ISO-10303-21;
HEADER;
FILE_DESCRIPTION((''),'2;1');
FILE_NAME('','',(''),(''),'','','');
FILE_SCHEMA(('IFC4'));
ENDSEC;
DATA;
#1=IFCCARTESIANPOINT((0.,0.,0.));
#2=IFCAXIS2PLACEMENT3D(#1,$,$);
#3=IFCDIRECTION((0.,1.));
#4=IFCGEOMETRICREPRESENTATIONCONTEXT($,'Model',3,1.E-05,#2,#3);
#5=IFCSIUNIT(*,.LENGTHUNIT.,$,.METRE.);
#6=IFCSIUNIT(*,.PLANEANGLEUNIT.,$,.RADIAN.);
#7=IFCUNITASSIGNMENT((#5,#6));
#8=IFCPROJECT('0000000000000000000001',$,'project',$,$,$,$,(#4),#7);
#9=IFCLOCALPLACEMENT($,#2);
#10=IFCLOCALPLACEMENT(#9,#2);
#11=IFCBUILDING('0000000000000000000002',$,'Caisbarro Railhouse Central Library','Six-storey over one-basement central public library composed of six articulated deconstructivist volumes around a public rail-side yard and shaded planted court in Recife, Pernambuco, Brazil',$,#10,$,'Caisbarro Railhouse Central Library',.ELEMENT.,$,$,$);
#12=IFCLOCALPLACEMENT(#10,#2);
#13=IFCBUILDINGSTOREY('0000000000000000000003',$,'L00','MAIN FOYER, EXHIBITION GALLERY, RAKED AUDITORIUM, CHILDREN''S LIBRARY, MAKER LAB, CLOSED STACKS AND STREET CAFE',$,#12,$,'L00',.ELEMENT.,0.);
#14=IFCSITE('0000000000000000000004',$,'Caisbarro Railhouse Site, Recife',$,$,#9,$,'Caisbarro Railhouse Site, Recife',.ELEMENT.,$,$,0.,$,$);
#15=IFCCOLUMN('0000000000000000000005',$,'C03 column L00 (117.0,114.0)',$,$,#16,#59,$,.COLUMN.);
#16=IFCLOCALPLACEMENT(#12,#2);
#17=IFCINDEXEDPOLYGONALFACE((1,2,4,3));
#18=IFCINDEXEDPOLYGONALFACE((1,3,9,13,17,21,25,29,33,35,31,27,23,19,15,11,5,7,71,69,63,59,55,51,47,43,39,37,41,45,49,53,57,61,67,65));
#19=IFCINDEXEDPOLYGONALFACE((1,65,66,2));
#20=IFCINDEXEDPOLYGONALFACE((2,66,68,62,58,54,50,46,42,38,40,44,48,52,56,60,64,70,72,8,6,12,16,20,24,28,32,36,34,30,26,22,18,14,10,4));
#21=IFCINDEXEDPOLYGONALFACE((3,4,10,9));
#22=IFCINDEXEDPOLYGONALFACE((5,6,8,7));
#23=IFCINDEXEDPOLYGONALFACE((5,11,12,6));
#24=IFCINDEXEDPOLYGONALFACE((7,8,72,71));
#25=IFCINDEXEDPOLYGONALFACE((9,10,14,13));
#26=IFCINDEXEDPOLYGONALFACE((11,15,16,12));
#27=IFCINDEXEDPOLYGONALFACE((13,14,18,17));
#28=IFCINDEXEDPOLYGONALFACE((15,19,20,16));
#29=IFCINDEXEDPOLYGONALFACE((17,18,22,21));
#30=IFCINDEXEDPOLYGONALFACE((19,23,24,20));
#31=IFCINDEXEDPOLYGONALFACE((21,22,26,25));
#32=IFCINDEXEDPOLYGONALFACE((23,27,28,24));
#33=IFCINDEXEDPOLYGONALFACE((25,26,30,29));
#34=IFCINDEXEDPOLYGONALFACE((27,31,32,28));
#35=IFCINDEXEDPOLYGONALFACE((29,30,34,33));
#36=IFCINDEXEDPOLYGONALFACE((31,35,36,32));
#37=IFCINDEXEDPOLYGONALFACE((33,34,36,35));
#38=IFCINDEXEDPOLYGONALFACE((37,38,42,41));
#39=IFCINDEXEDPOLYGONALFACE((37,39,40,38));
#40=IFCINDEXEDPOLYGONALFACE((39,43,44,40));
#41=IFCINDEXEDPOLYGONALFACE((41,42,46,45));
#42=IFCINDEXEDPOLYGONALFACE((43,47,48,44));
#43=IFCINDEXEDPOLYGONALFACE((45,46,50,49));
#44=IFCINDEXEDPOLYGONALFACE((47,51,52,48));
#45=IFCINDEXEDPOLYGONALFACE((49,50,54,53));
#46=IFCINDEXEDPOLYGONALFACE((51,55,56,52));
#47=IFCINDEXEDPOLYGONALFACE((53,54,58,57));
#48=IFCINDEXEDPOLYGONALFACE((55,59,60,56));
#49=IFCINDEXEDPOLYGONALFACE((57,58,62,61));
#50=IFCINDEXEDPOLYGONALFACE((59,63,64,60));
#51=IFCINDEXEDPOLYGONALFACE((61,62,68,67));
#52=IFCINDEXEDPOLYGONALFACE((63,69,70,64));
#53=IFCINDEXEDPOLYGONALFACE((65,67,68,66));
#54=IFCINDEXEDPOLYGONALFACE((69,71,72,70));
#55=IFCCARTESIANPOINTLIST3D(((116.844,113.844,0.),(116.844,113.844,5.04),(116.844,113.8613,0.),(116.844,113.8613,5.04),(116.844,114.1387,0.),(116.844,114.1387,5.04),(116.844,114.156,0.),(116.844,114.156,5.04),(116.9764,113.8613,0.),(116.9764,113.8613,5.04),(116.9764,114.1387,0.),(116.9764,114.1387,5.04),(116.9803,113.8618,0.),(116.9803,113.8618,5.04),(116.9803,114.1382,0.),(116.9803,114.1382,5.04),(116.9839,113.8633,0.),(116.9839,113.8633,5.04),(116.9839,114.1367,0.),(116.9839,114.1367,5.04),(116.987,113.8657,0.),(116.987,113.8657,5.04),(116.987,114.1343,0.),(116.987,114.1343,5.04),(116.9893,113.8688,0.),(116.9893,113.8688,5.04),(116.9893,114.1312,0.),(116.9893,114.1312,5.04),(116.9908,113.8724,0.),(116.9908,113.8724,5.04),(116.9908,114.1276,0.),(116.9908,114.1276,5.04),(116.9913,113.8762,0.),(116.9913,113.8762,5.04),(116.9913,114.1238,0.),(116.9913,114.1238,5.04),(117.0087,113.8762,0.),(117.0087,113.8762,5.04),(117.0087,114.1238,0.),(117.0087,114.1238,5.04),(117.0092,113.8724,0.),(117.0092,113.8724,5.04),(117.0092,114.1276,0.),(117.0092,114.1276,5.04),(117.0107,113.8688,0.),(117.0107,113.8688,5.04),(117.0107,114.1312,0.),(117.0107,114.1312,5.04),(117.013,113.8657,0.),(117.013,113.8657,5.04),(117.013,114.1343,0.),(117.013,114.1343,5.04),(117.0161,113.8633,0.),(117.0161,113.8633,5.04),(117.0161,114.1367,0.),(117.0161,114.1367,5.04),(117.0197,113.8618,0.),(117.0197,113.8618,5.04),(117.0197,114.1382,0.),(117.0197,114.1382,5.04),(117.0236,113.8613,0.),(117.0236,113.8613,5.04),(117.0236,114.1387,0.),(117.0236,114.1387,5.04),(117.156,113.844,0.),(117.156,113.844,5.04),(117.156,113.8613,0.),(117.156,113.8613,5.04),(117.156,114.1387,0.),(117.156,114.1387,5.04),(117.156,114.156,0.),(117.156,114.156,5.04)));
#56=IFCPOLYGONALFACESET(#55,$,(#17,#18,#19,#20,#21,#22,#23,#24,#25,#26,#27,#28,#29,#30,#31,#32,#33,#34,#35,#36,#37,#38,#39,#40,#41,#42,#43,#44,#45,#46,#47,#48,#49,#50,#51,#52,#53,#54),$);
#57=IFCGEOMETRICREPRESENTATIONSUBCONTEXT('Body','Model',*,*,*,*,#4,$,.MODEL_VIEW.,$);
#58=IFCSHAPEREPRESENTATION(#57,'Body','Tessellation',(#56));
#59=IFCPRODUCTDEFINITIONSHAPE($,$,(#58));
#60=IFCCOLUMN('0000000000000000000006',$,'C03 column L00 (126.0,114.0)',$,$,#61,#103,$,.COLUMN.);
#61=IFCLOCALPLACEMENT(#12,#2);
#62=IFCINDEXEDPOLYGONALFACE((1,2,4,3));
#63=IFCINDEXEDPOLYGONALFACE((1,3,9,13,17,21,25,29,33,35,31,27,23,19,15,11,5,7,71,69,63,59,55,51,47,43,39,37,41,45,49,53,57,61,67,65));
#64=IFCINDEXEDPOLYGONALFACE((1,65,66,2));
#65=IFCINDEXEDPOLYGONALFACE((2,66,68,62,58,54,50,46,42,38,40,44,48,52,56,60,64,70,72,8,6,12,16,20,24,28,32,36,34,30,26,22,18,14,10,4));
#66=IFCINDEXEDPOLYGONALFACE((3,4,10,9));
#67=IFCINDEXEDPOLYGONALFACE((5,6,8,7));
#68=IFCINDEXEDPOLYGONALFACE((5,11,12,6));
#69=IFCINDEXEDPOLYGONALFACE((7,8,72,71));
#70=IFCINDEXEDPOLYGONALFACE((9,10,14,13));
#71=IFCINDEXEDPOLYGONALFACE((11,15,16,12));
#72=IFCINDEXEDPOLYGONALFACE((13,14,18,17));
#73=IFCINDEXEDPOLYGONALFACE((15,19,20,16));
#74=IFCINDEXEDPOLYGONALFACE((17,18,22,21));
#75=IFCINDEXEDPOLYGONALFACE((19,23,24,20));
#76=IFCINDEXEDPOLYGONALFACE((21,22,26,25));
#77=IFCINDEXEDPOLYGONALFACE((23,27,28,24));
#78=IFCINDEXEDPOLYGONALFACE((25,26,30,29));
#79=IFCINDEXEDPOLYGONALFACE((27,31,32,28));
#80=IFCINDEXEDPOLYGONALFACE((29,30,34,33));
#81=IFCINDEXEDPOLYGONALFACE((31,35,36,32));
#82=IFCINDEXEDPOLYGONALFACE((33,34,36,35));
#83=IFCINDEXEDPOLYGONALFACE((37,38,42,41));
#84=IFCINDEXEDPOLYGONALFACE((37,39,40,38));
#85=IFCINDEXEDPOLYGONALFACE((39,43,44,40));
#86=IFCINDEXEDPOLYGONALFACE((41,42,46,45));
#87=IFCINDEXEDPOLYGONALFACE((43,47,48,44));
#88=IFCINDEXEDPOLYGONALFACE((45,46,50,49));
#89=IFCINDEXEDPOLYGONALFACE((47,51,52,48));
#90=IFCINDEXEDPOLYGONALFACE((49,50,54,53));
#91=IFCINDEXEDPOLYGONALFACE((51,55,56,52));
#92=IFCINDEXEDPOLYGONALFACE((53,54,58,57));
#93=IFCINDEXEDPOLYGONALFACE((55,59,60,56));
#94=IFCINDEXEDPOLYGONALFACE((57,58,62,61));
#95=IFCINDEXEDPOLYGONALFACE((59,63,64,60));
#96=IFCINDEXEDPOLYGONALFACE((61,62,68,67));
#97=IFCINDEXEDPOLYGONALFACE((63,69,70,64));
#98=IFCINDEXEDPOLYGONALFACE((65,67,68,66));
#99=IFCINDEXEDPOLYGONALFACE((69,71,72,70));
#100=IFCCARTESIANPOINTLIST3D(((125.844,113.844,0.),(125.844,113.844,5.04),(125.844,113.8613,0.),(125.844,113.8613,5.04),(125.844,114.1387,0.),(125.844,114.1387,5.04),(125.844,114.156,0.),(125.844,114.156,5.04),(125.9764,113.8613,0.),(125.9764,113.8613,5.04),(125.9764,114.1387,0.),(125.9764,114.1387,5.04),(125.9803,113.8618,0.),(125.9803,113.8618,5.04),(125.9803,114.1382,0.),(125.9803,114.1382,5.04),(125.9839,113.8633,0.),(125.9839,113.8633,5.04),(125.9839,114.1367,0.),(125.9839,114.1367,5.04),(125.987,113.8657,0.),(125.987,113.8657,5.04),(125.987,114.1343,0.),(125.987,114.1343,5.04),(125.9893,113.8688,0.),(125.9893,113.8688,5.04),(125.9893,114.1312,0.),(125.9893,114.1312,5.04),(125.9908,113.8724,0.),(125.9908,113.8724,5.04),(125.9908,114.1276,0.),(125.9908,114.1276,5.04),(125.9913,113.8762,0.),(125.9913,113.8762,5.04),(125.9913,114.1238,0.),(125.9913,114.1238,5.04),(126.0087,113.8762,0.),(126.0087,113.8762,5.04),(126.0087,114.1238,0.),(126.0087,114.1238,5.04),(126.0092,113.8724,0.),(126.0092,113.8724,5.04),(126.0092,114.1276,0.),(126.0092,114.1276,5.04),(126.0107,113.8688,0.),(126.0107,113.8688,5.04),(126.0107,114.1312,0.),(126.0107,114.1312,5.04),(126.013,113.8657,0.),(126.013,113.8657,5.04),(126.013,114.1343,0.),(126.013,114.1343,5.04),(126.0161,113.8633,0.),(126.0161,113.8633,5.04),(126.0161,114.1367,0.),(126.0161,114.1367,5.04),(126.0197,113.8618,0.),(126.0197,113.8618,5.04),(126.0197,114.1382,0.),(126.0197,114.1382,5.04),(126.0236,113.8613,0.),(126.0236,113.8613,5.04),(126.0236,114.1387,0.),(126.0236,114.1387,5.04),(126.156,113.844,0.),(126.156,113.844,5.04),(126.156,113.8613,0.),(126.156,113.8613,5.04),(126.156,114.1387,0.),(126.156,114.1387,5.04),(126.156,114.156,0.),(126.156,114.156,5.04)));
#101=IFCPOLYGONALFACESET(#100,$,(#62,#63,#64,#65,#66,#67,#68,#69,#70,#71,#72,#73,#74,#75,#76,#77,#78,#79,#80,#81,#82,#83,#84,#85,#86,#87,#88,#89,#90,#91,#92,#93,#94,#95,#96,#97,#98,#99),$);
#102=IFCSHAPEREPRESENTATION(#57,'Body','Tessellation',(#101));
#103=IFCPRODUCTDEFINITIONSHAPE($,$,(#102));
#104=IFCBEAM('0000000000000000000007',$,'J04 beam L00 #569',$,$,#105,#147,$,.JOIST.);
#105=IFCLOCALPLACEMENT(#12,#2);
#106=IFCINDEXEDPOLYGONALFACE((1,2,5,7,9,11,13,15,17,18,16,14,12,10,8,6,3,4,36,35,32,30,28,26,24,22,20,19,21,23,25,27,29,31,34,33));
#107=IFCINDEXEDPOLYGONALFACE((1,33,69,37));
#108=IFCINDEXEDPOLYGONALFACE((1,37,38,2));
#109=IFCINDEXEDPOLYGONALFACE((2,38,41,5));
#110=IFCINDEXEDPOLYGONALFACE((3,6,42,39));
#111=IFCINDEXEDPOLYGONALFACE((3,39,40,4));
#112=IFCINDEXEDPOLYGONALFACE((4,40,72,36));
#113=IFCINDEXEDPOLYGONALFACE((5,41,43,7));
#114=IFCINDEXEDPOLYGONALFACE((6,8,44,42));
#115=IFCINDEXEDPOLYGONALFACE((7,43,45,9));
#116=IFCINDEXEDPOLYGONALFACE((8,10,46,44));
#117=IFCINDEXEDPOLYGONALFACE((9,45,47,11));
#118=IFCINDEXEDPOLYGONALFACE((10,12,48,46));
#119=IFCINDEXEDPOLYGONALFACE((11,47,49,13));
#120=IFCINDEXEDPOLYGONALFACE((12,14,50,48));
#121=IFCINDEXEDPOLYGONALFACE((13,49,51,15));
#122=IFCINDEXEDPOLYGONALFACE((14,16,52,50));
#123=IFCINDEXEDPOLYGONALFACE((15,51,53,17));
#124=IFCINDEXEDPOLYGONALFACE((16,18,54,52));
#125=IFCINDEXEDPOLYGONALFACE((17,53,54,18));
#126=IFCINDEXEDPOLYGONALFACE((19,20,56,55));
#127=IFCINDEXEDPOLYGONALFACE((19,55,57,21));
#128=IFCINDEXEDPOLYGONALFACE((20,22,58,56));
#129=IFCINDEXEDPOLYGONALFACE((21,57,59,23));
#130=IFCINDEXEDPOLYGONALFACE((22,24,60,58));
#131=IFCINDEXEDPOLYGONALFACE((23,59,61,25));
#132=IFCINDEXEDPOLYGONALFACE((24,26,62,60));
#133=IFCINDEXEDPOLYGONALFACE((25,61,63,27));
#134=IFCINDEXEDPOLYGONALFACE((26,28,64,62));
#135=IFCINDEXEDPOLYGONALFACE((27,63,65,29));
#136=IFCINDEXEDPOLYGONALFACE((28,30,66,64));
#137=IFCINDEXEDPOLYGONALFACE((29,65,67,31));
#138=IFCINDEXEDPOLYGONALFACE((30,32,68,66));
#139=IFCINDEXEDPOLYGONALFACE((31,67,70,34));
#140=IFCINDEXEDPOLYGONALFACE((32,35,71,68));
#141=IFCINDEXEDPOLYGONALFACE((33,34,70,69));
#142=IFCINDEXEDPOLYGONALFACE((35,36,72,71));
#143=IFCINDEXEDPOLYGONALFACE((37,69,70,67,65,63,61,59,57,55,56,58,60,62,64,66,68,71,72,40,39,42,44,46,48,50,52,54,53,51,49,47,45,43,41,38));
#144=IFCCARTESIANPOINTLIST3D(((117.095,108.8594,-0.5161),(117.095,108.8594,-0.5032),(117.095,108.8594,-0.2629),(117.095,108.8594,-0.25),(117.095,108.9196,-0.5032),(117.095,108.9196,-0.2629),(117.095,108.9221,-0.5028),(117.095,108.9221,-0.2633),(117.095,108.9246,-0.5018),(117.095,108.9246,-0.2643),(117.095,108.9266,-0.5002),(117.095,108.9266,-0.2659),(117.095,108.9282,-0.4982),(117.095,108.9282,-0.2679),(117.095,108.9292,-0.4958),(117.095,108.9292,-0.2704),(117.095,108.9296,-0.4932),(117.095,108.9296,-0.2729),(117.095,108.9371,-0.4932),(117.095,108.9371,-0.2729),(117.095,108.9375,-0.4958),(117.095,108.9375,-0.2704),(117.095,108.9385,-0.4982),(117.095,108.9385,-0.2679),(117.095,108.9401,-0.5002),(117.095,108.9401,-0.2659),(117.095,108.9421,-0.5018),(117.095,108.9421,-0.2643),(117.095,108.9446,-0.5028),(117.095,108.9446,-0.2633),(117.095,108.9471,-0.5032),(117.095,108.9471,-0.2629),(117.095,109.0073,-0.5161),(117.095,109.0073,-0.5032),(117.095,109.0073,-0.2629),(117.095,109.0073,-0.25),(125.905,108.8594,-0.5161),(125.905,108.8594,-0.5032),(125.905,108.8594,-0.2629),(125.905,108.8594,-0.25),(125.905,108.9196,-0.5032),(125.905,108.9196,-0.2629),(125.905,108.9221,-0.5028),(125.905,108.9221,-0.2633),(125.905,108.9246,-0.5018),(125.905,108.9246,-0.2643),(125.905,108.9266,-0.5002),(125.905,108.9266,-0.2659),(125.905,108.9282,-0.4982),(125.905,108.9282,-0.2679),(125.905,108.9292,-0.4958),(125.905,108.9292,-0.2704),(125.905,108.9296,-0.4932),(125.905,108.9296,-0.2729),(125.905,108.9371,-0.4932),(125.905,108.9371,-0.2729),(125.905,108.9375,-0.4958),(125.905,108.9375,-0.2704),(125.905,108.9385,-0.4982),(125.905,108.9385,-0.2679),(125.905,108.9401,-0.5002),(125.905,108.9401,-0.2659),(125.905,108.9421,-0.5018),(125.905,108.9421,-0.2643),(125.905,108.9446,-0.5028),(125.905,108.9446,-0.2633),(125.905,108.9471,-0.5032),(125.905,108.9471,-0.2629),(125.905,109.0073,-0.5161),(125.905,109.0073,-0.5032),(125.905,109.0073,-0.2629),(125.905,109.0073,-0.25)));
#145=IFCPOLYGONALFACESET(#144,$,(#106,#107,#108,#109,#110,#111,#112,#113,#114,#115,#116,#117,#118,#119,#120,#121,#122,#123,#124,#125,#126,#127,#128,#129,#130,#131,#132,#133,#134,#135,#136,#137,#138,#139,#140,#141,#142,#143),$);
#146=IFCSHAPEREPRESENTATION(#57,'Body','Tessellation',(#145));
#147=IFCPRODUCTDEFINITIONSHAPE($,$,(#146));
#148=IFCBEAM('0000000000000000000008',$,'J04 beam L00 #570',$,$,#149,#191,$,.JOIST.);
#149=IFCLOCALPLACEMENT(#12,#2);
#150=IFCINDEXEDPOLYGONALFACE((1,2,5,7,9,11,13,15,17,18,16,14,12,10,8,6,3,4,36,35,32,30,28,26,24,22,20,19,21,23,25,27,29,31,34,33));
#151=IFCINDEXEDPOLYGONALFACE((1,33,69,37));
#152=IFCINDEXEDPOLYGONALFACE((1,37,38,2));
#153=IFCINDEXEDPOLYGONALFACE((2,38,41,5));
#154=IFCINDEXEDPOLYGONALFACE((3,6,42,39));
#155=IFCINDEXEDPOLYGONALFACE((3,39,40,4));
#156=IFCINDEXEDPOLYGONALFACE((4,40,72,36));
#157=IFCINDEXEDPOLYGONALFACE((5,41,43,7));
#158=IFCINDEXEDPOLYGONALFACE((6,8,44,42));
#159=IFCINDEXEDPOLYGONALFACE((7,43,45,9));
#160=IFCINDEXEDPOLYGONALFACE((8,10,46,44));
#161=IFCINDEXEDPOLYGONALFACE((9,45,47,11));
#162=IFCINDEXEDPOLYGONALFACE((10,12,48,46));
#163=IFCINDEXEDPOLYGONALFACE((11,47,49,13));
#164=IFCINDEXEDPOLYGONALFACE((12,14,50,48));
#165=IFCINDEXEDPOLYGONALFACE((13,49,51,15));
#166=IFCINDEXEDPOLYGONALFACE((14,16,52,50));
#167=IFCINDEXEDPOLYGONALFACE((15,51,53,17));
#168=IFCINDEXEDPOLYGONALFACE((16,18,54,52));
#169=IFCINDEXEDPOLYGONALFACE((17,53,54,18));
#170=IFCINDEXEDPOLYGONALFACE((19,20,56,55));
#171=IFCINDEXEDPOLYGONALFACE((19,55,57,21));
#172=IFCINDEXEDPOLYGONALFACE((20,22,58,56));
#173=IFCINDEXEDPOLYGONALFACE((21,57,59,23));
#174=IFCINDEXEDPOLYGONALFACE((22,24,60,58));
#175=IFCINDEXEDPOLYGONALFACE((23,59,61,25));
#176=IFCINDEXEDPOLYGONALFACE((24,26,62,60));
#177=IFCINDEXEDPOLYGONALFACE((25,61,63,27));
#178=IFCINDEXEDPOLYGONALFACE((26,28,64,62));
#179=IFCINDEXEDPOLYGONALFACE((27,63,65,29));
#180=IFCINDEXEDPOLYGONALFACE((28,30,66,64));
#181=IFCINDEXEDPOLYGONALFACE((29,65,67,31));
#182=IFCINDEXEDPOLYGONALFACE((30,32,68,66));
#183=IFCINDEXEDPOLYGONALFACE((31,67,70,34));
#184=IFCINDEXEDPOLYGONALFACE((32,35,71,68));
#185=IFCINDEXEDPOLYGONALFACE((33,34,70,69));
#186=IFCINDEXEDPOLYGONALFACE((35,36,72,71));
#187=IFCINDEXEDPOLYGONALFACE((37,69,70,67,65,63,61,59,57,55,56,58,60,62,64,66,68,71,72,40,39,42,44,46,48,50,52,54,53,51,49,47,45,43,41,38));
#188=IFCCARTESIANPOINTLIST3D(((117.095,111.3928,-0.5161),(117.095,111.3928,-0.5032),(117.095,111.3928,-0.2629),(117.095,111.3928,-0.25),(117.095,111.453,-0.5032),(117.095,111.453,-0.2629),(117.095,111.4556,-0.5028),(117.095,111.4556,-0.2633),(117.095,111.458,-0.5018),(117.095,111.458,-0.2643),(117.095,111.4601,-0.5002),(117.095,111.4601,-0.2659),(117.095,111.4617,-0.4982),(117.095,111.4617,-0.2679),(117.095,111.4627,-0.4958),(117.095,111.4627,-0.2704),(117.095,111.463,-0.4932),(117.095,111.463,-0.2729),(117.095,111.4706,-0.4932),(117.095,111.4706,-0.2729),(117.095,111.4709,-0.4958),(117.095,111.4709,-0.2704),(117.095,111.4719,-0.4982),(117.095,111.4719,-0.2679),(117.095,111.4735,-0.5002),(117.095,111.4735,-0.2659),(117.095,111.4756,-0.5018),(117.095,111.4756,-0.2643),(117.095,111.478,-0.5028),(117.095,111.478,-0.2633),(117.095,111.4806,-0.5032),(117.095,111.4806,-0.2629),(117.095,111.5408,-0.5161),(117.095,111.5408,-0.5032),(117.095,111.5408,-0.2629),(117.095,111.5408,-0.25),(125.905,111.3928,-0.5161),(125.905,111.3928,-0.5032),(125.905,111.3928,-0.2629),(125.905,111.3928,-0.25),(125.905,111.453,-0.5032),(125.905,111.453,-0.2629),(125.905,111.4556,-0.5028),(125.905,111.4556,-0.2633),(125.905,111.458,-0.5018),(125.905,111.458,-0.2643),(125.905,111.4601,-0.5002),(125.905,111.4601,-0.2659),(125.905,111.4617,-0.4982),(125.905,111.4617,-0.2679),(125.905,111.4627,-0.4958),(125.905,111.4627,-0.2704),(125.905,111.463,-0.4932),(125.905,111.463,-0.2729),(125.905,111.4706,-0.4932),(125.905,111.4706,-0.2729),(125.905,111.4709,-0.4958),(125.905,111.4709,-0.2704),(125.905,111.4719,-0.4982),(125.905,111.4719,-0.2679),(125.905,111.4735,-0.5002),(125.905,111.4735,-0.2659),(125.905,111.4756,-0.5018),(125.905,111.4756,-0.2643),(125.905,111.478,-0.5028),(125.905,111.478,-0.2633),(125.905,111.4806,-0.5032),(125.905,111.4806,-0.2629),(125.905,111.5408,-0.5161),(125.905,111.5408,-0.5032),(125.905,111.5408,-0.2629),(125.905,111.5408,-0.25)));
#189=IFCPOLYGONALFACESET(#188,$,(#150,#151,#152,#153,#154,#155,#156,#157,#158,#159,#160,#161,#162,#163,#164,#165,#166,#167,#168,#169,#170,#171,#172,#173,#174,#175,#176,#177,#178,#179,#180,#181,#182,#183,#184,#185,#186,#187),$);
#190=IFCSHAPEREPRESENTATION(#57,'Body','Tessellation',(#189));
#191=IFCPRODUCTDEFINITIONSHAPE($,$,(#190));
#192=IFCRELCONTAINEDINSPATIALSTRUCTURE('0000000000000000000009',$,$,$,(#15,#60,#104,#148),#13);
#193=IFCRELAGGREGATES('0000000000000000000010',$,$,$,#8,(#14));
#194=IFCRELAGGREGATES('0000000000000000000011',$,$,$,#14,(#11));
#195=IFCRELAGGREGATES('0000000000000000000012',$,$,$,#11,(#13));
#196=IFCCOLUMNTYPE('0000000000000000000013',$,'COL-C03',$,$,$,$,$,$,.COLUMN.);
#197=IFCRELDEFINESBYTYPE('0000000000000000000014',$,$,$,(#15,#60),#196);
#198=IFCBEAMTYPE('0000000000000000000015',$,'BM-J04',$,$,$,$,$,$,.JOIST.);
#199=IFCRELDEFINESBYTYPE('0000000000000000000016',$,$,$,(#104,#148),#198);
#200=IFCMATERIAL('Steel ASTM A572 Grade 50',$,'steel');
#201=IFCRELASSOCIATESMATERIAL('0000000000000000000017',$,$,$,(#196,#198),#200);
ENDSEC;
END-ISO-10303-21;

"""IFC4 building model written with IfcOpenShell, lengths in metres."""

from ifc_helpers import new_model, si_unit, direction, frame, origin, origin_2d, place, context, subcontext, project, spatial, i_section, extrude, material, material_profile, profile_set, type_object, element, save


model = new_model("IFC4")

# Units and contexts
model_context = context("Model", 3, precision=1e-05, world=origin(), true_north=direction((0.0, 1.0)))
body_context = subcontext(model_context, "Body", "Model", "MODEL_VIEW")
ifc_project = project(units=[si_unit("LENGTHUNIT", "METRE"), si_unit("PLANEANGLEUNIT", "RADIAN")], contexts=[model_context])

# Site, building, storey
site_placement = place(None, origin())
site = spatial("IfcSite", under=ifc_project, at=site_placement, Name="Caisbarro Railhouse Site, Recife", LongName="Caisbarro Railhouse Site, Recife", CompositionType="ELEMENT", RefElevation=0.0)
building_placement = place(site_placement, origin())
building = spatial("IfcBuilding", under=site, at=building_placement, Name="Caisbarro Railhouse Central Library", Description="Six-storey over one-basement central public library composed of six articulated deconstructivist volumes around a public rail-side yard and shaded planted court in Recife, Pernambuco, Brazil", LongName="Caisbarro Railhouse Central Library", CompositionType="ELEMENT")
storey_placement = place(building_placement, origin())
storey = spatial("IfcBuildingStorey", under=building, at=storey_placement, Name="L00", Description="MAIN FOYER, EXHIBITION GALLERY, RAKED AUDITORIUM, CHILDREN'S LIBRARY, MAKER LAB, CLOSED STACKS AND STREET CAFE", LongName="L00", CompositionType="ELEMENT", Elevation=0.0)

# Columns
ifc_material_1 = material(Name="Steel ASTM A572 Grade 50", Category="steel")
ifc_material_profile_1 = material_profile(ifc_material_1, i_section(OverallWidth=0.312, OverallDepth=0.312, WebThickness=0.0173, FlangeThickness=0.0173, FilletRadius=0.0149, at=origin_2d()), Name="HP310X125.0")
ifc_profile_set_1 = profile_set([ifc_material_profile_1], Name="Steel ASTM A572 Grade 50")
column_type = type_object("IfcColumnType", Name="COL-C03", PredefinedType="COLUMN", material=ifc_profile_set_1)
for number, where, z_axis, x_axis, name in (
    (1, (117.0, 114.0, 0.0), (0.0, 0.0, 1.0), (1.0, 0.0, 0.0), "C03 column L00 (117.0,114.0)"),
    (2, (126.0, 114.0, 0.0), (0.0, 0.0, 1.0), (1.0, 0.0, 0.0), "C03 column L00 (126.0,114.0)"),
):
    element("IfcColumn", number, at=place(storey_placement, frame(where, z_axis=z_axis, x_axis=x_axis)), inside=storey, type_object=column_type, Name=name, PredefinedType="COLUMN", context=body_context, shape_type="SweptSolid", body=[
        extrude(i_section(OverallWidth=0.312, OverallDepth=0.312, WebThickness=0.0173, FlangeThickness=0.0173, FilletRadius=0.0149, at=origin_2d()), origin(), (0.0, 0.0, 1.0), 5.04),
    ])

# Beams
ifc_material_profile_2 = material_profile(ifc_material_1, i_section(OverallWidth=0.1479, OverallDepth=0.2661, WebThickness=0.0076, FlangeThickness=0.0129, FilletRadius=0.01, at=origin_2d()), Name="W250X44.8")
ifc_profile_set_2 = profile_set([ifc_material_profile_2], Name="Steel ASTM A572 Grade 50")
beam_type_1 = type_object("IfcBeamType", Name="BM-J04", PredefinedType="JOIST", material=ifc_profile_set_2)
for number, where, z_axis, x_axis, name in (
    (3, (117.095, 108.9333, -0.3831), (1.0, 0.0, 0.0), (0.0, 1.0, 0.0), "J04 beam L00 #569"),
    (4, (117.095, 111.4668, -0.3831), (1.0, 0.0, 0.0), (0.0, 1.0, 0.0), "J04 beam L00 #570"),
):
    element("IfcBeam", number, at=place(storey_placement, frame(where, z_axis=z_axis, x_axis=x_axis)), inside=storey, type_object=beam_type_1, Name=name, PredefinedType="JOIST", context=body_context, shape_type="SweptSolid", body=[
        extrude(i_section(OverallWidth=0.1479, OverallDepth=0.2661, WebThickness=0.0076, FlangeThickness=0.0129, FilletRadius=0.01, at=origin_2d()), origin(), (0.0, 0.0, 1.0), 8.8101),
    ])

save(model, "model.ifc")
